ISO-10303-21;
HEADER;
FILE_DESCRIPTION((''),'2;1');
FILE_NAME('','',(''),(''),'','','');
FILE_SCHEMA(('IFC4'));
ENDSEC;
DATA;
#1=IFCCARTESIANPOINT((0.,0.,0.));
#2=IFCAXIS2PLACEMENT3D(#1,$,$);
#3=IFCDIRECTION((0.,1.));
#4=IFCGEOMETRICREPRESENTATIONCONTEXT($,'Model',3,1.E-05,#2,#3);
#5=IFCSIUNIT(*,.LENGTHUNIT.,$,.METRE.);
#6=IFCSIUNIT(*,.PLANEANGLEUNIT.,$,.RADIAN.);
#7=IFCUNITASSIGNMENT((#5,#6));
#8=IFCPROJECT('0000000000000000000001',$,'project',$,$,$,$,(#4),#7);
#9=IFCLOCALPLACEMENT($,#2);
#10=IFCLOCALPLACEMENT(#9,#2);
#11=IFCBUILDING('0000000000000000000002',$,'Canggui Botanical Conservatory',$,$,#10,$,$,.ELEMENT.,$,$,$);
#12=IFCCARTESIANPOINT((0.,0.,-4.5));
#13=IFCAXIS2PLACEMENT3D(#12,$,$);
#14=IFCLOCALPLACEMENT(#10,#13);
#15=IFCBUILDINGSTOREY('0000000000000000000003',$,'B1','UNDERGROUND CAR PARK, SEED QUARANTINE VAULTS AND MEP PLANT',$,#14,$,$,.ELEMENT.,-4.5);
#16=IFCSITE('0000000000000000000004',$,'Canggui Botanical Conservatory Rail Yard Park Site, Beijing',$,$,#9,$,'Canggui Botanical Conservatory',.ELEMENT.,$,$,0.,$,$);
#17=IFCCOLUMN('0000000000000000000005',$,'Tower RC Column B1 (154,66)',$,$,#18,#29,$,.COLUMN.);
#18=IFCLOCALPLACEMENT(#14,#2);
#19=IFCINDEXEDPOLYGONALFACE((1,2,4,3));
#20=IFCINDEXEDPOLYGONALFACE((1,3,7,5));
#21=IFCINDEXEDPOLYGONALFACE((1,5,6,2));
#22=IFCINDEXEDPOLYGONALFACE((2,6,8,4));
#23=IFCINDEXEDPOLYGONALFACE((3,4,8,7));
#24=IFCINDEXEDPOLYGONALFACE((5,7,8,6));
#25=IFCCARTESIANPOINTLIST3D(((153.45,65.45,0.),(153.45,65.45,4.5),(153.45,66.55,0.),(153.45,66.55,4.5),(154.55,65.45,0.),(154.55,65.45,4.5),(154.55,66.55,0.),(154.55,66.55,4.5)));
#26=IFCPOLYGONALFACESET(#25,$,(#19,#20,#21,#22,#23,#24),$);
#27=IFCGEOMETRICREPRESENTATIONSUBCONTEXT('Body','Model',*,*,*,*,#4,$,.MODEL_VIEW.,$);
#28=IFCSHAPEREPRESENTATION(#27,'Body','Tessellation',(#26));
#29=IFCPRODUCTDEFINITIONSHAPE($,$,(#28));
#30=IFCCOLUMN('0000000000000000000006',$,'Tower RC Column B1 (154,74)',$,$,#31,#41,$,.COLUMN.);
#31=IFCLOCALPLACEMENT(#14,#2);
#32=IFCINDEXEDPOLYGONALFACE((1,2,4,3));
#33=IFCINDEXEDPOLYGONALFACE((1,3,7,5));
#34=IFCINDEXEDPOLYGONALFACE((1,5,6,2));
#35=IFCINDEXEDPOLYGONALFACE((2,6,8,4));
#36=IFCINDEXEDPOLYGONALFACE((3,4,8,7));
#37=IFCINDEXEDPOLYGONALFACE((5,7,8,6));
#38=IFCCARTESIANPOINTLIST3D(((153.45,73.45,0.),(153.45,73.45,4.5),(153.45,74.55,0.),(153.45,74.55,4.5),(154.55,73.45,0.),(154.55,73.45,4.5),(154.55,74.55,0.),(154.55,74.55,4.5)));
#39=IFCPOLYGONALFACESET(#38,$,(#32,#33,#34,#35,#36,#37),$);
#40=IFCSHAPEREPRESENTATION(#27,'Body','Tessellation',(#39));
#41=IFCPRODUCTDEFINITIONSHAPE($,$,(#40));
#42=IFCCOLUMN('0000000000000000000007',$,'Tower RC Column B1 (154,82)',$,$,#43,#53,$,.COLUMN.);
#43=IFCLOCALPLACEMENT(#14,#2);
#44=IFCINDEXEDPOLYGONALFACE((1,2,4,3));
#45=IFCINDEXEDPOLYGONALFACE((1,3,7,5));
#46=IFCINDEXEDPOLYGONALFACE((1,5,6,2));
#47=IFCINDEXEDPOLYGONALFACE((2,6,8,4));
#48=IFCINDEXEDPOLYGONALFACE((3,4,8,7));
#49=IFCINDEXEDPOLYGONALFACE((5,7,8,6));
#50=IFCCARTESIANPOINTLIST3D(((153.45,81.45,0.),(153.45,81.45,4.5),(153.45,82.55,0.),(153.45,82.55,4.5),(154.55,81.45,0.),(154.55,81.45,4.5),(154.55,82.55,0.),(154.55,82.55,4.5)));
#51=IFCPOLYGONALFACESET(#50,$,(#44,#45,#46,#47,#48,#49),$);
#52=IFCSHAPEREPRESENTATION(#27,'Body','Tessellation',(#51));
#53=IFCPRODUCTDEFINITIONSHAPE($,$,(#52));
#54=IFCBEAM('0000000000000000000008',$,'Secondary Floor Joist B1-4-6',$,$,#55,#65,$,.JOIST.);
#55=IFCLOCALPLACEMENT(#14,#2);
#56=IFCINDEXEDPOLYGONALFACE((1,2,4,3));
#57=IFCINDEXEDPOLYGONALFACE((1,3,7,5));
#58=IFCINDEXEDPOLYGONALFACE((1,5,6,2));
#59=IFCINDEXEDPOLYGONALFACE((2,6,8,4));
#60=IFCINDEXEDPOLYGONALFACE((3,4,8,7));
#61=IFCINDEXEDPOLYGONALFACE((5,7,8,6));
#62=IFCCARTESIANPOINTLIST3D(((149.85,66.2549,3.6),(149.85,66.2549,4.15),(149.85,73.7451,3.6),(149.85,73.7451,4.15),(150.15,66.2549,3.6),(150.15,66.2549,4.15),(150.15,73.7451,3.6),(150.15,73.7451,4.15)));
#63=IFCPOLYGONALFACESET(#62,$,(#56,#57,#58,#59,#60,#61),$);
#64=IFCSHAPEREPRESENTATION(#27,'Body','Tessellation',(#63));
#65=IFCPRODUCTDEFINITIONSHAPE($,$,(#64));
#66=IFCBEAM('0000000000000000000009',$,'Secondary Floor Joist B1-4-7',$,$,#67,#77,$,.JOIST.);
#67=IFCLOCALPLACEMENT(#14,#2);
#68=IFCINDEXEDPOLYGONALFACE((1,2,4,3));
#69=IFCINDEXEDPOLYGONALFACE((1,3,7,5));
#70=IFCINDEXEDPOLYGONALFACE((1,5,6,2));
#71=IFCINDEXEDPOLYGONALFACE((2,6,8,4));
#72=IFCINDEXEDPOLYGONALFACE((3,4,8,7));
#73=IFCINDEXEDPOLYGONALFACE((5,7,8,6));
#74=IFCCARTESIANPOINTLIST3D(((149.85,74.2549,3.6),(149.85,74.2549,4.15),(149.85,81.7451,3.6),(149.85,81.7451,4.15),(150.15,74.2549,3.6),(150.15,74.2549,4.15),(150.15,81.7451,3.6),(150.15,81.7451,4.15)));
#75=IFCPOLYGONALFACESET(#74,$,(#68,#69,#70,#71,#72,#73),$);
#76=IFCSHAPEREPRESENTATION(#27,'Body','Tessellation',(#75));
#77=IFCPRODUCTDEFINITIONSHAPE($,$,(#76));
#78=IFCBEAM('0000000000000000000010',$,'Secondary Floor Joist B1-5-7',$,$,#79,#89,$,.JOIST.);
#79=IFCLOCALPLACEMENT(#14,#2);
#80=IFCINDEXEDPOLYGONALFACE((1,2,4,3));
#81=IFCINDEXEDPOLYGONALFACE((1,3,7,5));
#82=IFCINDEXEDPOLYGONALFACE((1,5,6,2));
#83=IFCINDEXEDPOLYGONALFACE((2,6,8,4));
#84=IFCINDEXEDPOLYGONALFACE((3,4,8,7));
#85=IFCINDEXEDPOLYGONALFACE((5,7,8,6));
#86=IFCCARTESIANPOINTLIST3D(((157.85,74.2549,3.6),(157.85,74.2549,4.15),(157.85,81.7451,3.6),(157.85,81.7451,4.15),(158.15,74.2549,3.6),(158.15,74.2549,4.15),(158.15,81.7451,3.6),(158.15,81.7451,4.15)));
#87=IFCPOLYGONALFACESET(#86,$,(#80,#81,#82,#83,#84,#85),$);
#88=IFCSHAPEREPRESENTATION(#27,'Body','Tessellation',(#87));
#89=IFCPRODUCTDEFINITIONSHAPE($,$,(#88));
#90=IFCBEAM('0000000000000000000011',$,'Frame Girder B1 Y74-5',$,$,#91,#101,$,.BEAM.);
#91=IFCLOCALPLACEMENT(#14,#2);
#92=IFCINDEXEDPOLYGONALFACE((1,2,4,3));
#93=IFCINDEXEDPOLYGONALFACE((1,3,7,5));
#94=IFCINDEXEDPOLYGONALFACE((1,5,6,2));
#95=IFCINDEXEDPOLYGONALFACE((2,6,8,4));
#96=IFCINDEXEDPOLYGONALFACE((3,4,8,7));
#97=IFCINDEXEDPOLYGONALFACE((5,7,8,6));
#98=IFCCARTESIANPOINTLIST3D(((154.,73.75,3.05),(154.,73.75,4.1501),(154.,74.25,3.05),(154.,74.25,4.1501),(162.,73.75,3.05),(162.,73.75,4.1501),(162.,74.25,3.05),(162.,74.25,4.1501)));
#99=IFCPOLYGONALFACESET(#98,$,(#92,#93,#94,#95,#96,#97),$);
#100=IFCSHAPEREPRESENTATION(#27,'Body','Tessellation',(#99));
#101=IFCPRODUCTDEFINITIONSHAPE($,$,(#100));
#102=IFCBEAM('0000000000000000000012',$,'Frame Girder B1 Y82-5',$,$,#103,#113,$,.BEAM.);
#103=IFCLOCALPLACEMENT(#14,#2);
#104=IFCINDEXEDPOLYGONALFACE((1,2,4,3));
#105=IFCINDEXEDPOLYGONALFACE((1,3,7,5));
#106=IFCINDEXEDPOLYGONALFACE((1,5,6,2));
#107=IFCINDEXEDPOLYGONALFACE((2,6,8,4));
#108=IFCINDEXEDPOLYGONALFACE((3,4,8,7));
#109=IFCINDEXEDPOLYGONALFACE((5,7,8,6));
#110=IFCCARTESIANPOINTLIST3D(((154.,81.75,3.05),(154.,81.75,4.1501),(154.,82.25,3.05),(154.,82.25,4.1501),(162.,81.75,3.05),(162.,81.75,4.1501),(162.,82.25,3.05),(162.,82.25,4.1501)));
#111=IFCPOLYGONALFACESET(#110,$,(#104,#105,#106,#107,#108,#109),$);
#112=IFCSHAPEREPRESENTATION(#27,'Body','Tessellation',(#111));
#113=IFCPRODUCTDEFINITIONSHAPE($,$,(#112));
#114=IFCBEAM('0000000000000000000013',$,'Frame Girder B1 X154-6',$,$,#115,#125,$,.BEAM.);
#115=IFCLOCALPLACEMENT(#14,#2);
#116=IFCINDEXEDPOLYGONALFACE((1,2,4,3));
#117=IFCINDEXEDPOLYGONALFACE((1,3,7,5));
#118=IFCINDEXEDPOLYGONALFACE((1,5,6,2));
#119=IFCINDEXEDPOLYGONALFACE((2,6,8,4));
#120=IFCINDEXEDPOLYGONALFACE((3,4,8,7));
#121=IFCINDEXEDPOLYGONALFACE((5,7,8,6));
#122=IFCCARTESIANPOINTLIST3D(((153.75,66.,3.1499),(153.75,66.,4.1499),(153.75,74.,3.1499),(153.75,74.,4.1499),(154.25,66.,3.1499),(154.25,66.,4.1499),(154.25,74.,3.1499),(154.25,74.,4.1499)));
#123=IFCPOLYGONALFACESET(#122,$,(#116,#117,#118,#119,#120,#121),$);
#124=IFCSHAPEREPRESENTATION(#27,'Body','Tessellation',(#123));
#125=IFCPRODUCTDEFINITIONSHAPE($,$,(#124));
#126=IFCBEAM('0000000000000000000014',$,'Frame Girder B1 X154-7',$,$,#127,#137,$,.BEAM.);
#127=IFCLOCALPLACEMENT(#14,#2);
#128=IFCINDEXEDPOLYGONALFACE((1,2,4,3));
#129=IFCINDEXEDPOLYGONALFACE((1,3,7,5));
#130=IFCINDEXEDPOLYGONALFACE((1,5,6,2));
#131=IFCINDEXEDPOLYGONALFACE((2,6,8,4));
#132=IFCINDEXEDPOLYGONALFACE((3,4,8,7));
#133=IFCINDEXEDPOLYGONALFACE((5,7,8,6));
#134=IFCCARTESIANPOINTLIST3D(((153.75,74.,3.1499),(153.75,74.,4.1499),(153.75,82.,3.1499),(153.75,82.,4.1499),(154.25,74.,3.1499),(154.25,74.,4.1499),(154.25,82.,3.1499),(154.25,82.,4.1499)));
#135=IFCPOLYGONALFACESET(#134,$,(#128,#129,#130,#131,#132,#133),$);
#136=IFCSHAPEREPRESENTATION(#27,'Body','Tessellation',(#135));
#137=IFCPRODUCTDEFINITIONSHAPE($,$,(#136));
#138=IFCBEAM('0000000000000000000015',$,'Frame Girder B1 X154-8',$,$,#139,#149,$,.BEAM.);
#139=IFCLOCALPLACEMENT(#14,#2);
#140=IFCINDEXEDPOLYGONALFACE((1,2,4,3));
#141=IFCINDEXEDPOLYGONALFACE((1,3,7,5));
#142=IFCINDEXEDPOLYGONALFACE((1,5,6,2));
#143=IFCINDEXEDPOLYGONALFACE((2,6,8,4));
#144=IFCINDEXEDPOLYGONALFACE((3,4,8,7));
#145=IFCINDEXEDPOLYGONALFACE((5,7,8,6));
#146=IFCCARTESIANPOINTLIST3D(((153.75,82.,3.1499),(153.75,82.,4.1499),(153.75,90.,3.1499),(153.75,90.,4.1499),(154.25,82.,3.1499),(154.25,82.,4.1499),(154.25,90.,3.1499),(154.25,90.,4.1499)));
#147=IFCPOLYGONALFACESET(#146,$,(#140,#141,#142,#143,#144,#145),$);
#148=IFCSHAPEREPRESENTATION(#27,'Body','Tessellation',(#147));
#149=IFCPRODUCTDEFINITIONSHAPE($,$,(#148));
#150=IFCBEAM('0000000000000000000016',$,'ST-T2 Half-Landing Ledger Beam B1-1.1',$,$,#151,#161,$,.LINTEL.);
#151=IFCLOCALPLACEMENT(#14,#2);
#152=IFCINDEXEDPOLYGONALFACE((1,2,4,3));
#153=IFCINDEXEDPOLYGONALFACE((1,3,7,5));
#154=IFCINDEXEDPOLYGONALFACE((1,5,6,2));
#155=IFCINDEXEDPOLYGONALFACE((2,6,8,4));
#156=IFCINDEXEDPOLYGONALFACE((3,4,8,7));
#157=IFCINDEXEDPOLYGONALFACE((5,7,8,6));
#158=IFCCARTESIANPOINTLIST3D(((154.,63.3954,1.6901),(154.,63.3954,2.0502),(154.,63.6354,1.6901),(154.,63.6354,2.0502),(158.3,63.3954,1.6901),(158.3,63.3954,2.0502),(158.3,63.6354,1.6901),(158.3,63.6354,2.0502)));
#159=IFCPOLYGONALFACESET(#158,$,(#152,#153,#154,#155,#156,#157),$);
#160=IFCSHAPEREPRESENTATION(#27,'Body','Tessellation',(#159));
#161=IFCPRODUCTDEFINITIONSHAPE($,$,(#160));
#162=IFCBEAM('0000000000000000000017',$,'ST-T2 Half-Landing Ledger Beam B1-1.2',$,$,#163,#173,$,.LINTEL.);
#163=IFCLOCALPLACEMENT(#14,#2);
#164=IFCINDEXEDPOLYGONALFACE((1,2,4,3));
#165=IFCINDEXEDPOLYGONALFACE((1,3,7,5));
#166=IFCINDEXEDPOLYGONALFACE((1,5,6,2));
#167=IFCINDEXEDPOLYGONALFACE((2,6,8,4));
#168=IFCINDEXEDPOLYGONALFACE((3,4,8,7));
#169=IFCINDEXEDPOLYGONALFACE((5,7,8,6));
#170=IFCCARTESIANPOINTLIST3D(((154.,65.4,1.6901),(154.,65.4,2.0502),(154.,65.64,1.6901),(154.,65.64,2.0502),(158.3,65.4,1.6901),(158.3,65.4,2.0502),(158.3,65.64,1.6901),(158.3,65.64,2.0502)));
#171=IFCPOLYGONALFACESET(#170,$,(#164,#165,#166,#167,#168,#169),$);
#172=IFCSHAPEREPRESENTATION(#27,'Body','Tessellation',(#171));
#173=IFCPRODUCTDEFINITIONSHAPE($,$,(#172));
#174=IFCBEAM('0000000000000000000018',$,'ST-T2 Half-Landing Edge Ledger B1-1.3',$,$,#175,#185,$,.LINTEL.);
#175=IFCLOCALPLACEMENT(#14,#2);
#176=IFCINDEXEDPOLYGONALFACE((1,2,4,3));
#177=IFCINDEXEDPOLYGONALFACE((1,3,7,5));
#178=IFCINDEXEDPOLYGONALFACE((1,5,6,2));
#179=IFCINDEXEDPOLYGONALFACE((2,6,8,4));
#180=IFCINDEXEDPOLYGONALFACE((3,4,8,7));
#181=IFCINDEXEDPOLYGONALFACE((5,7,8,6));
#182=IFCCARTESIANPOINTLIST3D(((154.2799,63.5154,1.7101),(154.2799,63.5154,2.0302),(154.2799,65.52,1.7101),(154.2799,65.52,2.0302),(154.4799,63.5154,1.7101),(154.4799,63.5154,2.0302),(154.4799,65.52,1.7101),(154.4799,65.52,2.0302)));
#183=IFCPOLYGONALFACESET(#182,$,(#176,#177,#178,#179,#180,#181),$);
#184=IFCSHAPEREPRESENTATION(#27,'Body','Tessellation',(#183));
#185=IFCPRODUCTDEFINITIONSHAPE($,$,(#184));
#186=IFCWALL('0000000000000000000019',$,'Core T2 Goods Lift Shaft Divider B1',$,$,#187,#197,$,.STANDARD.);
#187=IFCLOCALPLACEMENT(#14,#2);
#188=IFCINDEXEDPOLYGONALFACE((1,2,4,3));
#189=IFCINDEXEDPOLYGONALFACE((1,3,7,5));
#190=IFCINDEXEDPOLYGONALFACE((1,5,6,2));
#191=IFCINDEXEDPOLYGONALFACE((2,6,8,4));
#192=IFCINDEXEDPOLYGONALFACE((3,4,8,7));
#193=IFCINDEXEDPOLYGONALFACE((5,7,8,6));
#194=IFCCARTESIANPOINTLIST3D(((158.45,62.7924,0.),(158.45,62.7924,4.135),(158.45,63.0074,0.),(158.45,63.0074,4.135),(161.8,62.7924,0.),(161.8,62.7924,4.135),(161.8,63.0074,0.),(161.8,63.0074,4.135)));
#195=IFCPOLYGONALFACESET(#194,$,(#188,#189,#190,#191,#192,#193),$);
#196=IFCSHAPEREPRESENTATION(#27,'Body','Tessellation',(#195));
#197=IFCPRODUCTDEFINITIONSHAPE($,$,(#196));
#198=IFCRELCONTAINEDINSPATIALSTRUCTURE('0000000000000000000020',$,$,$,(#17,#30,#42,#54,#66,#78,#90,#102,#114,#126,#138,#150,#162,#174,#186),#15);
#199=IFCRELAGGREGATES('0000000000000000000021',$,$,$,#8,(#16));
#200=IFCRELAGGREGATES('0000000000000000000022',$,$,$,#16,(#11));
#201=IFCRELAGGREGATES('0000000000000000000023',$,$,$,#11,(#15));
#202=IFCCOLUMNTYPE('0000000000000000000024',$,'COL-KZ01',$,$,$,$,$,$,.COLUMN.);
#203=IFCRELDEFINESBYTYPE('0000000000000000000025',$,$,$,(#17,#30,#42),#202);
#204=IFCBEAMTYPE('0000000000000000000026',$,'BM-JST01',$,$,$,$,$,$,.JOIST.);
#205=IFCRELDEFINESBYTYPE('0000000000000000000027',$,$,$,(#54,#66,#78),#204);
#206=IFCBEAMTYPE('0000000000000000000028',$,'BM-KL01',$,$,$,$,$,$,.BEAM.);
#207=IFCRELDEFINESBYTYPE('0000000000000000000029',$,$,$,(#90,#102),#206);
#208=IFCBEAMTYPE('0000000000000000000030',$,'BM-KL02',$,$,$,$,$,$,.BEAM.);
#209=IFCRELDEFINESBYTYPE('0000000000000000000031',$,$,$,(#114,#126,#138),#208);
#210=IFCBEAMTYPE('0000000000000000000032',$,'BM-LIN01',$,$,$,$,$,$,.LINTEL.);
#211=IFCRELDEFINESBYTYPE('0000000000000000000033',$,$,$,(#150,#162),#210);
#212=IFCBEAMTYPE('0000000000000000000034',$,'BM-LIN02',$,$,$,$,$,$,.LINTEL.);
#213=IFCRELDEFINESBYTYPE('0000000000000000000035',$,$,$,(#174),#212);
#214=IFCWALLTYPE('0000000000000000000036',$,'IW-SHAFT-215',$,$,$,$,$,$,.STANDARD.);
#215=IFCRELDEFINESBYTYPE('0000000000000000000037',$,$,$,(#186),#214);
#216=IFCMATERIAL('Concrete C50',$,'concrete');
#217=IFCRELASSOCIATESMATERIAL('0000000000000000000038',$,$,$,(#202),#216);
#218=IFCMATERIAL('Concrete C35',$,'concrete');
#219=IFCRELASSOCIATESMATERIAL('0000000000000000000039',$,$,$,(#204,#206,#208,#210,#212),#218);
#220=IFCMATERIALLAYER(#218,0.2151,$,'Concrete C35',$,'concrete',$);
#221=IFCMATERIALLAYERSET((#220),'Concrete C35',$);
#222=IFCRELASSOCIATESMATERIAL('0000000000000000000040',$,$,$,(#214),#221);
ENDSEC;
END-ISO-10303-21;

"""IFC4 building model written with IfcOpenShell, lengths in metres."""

from ifc_helpers import new_model, si_unit, direction, frame, frame_2d, origin, origin_2d, place, context, subcontext, project, spatial, rectangle, extrude, material, layer, layer_set, material_profile, profile_set, type_object, element, save


model = new_model("IFC4")

# Units and contexts
model_context = context("Model", 3, precision=1e-05, world=origin(), true_north=direction((0.0, 1.0)))
body_context = subcontext(model_context, "Body", "Model", "MODEL_VIEW")
ifc_project = project(units=[si_unit("LENGTHUNIT", "METRE"), si_unit("PLANEANGLEUNIT", "RADIAN")], contexts=[model_context])

# Site, building, storey
site_placement = place(None, origin())
site = spatial("IfcSite", under=ifc_project, at=site_placement, Name="Canggui Botanical Conservatory Rail Yard Park Site, Beijing", LongName="Canggui Botanical Conservatory", CompositionType="ELEMENT", RefElevation=0.0)
building_placement = place(site_placement, origin())
building = spatial("IfcBuilding", under=site, at=building_placement, Name="Canggui Botanical Conservatory", CompositionType="ELEMENT")
storey_placement = place(building_placement, frame((0.0, 0.0, -4.5)))
storey = spatial("IfcBuildingStorey", under=building, at=storey_placement, Name="B1", Description="UNDERGROUND CAR PARK, SEED QUARANTINE VAULTS AND MEP PLANT", CompositionType="ELEMENT", Elevation=-4.5)

# Columns
ifc_material_1 = material(Name="Concrete C50", Category="concrete")
ifc_material_profile_1 = material_profile(ifc_material_1, rectangle(XDim=1.1001, YDim=1.1001, at=origin_2d()), Name="RC 1100x1100")
ifc_profile_set_1 = profile_set([ifc_material_profile_1], Name="Concrete C50")
column_type = type_object("IfcColumnType", Name="COL-KZ01", PredefinedType="COLUMN", material=ifc_profile_set_1)
for number, where, z_axis, x_axis, name in (
    (1, (154.0, 66.0, 0.0), (0.0, 0.0, 1.0), (1.0, 0.0, 0.0), "Tower RC Column B1 (154,66)"),
    (2, (154.0, 74.0, 0.0), (0.0, 0.0, 1.0), (1.0, 0.0, 0.0), "Tower RC Column B1 (154,74)"),
    (3, (154.0, 82.0, 0.0), (0.0, 0.0, 1.0), (1.0, 0.0, 0.0), "Tower RC Column B1 (154,82)"),
):
    element("IfcColumn", number, at=place(storey_placement, frame(where, z_axis=z_axis, x_axis=x_axis)), inside=storey, type_object=column_type, Name=name, PredefinedType="COLUMN", context=body_context, shape_type="SweptSolid", body=[
        extrude(rectangle(XDim=1.1001, YDim=1.1001, at=origin_2d()), origin(), (0.0, 0.0, 1.0), 4.5),
    ])

# Beams
ifc_material_2 = material(Name="Concrete C35", Category="concrete")
ifc_material_profile_2 = material_profile(ifc_material_2, rectangle(XDim=0.3, YDim=0.55, at=origin_2d()), Name="RB 300x550")
ifc_profile_set_2 = profile_set([ifc_material_profile_2], Name="Concrete C35")
beam_type_1 = type_object("IfcBeamType", Name="BM-JST01", PredefinedType="JOIST", material=ifc_profile_set_2)
for number, where, z_axis, x_axis, name in (
    (4, (150.0, 66.2549, 3.875), (0.0, 1.0, 0.0), (-1.0, 0.0, 0.0), "Secondary Floor Joist B1-4-6"),
    (5, (150.0, 74.2549, 3.875), (0.0, 1.0, 0.0), (-1.0, 0.0, 0.0), "Secondary Floor Joist B1-4-7"),
    (6, (158.0, 74.2549, 3.875), (0.0, 1.0, 0.0), (-1.0, 0.0, 0.0), "Secondary Floor Joist B1-5-7"),
):
    element("IfcBeam", number, at=place(storey_placement, frame(where, z_axis=z_axis, x_axis=x_axis)), inside=storey, type_object=beam_type_1, Name=name, PredefinedType="JOIST", context=body_context, shape_type="SweptSolid", body=[
        extrude(rectangle(XDim=0.3, YDim=0.55, at=origin_2d()), origin(), (0.0, 0.0, 1.0), 7.4902),
    ])
ifc_material_profile_3 = material_profile(ifc_material_2, rectangle(XDim=0.5, YDim=1.1001, at=origin_2d()), Name="RB 500x1100")
ifc_profile_set_3 = profile_set([ifc_material_profile_3], Name="Concrete C35")
beam_type_2 = type_object("IfcBeamType", Name="BM-KL01", PredefinedType="BEAM", material=ifc_profile_set_3)
for number, where, z_axis, x_axis, name in (
    (7, (154.0, 74.0, 3.6001), (1.0, 0.0, 0.0), (0.0, 1.0, 0.0), "Frame Girder B1 Y74-5"),
    (8, (154.0, 82.0, 3.6001), (1.0, 0.0, 0.0), (0.0, 1.0, 0.0), "Frame Girder B1 Y82-5"),
):
    element("IfcBeam", number, at=place(storey_placement, frame(where, z_axis=z_axis, x_axis=x_axis)), inside=storey, type_object=beam_type_2, Name=name, PredefinedType="BEAM", context=body_context, shape_type="SweptSolid", body=[
        extrude(rectangle(XDim=0.5, YDim=1.1001, at=origin_2d()), origin(), (0.0, 0.0, 1.0), 8.0),
    ])
ifc_material_profile_4 = material_profile(ifc_material_2, rectangle(XDim=0.5, YDim=1.0, at=origin_2d()), Name="RB 500x1000")
ifc_profile_set_4 = profile_set([ifc_material_profile_4], Name="Concrete C35")
beam_type_3 = type_object("IfcBeamType", Name="BM-KL02", PredefinedType="BEAM", material=ifc_profile_set_4)
for number, where, z_axis, x_axis, name in (
    (9, (154.0, 66.0, 3.6499), (0.0, 1.0, 0.0), (-1.0, 0.0, 0.0), "Frame Girder B1 X154-6"),
    (10, (154.0, 74.0, 3.6499), (0.0, 1.0, 0.0), (-1.0, 0.0, 0.0), "Frame Girder B1 X154-7"),
    (11, (154.0, 82.0, 3.6499), (0.0, 1.0, 0.0), (-1.0, 0.0, 0.0), "Frame Girder B1 X154-8"),
):
    element("IfcBeam", number, at=place(storey_placement, frame(where, z_axis=z_axis, x_axis=x_axis)), inside=storey, type_object=beam_type_3, Name=name, PredefinedType="BEAM", context=body_context, shape_type="SweptSolid", body=[
        extrude(rectangle(XDim=0.5, YDim=1.0, at=origin_2d()), origin(), (0.0, 0.0, 1.0), 8.0),
    ])
ifc_material_profile_5 = material_profile(ifc_material_2, rectangle(XDim=0.24, YDim=0.3601, at=origin_2d()), Name="RB 240x360")
ifc_profile_set_5 = profile_set([ifc_material_profile_5], Name="Concrete C35")
beam_type_4 = type_object("IfcBeamType", Name="BM-LIN01", PredefinedType="LINTEL", material=ifc_profile_set_5)
for number, where, z_axis, x_axis, name in (
    (12, (154.0, 63.5154, 1.8701), (1.0, 0.0, 0.0), (0.0, 1.0, 0.0), "ST-T2 Half-Landing Ledger Beam B1-1.1"),
    (13, (154.0, 65.52, 1.8701), (1.0, 0.0, 0.0), (0.0, 1.0, 0.0), "ST-T2 Half-Landing Ledger Beam B1-1.2"),
):
    element("IfcBeam", number, at=place(storey_placement, frame(where, z_axis=z_axis, x_axis=x_axis)), inside=storey, type_object=beam_type_4, Name=name, PredefinedType="LINTEL", context=body_context, shape_type="SweptSolid", body=[
        extrude(rectangle(XDim=0.24, YDim=0.3601, at=origin_2d()), origin(), (0.0, 0.0, 1.0), 4.3),
    ])
ifc_material_profile_6 = material_profile(ifc_material_2, rectangle(XDim=0.2, YDim=0.3201, at=origin_2d()), Name="RB 200x320")
ifc_profile_set_6 = profile_set([ifc_material_profile_6], Name="Concrete C35")
beam_type_5 = type_object("IfcBeamType", Name="BM-LIN02", PredefinedType="LINTEL", material=ifc_profile_set_6)
beam_placement = place(storey_placement, frame((154.3799, 63.5154, 1.8701), z_axis=(0.0, 1.0, 0.0), x_axis=(-1.0, 0.0, 0.0)))
element("IfcBeam", 14, at=beam_placement, inside=storey, type_object=beam_type_5, Name="ST-T2 Half-Landing Edge Ledger B1-1.3", PredefinedType="LINTEL", context=body_context, shape_type="SweptSolid", body=[
    extrude(rectangle(XDim=0.2, YDim=0.3201, at=origin_2d()), origin(), (0.0, 0.0, 1.0), 2.0046),
])

# Wall
ifc_layer_1 = layer(ifc_material_2, 0.2151, Name="Concrete C35", Category="concrete")
ifc_layer_set_1 = layer_set([ifc_layer_1], Name="Concrete C35")
wall_type_1 = type_object("IfcWallType", Name="IW-SHAFT-215", PredefinedType="STANDARD", material=ifc_layer_set_1)
wall_1_placement = place(storey_placement, frame((158.45, 62.8999, 0.0), z_axis=(0.0, 0.0, 1.0), x_axis=(1.0, 0.0, 0.0)))
element("IfcWall", 15, at=wall_1_placement, inside=storey, type_object=wall_type_1, Name="Core T2 Goods Lift Shaft Divider B1", PredefinedType="STANDARD", context=body_context, shape_type="SweptSolid", body=[
    extrude(rectangle(XDim=3.3501, YDim=0.2151, at=frame_2d((1.675, 0.0))), origin(), (0.0, 0.0, 1.0), 4.135),
])

save(model, "model.ifc")
